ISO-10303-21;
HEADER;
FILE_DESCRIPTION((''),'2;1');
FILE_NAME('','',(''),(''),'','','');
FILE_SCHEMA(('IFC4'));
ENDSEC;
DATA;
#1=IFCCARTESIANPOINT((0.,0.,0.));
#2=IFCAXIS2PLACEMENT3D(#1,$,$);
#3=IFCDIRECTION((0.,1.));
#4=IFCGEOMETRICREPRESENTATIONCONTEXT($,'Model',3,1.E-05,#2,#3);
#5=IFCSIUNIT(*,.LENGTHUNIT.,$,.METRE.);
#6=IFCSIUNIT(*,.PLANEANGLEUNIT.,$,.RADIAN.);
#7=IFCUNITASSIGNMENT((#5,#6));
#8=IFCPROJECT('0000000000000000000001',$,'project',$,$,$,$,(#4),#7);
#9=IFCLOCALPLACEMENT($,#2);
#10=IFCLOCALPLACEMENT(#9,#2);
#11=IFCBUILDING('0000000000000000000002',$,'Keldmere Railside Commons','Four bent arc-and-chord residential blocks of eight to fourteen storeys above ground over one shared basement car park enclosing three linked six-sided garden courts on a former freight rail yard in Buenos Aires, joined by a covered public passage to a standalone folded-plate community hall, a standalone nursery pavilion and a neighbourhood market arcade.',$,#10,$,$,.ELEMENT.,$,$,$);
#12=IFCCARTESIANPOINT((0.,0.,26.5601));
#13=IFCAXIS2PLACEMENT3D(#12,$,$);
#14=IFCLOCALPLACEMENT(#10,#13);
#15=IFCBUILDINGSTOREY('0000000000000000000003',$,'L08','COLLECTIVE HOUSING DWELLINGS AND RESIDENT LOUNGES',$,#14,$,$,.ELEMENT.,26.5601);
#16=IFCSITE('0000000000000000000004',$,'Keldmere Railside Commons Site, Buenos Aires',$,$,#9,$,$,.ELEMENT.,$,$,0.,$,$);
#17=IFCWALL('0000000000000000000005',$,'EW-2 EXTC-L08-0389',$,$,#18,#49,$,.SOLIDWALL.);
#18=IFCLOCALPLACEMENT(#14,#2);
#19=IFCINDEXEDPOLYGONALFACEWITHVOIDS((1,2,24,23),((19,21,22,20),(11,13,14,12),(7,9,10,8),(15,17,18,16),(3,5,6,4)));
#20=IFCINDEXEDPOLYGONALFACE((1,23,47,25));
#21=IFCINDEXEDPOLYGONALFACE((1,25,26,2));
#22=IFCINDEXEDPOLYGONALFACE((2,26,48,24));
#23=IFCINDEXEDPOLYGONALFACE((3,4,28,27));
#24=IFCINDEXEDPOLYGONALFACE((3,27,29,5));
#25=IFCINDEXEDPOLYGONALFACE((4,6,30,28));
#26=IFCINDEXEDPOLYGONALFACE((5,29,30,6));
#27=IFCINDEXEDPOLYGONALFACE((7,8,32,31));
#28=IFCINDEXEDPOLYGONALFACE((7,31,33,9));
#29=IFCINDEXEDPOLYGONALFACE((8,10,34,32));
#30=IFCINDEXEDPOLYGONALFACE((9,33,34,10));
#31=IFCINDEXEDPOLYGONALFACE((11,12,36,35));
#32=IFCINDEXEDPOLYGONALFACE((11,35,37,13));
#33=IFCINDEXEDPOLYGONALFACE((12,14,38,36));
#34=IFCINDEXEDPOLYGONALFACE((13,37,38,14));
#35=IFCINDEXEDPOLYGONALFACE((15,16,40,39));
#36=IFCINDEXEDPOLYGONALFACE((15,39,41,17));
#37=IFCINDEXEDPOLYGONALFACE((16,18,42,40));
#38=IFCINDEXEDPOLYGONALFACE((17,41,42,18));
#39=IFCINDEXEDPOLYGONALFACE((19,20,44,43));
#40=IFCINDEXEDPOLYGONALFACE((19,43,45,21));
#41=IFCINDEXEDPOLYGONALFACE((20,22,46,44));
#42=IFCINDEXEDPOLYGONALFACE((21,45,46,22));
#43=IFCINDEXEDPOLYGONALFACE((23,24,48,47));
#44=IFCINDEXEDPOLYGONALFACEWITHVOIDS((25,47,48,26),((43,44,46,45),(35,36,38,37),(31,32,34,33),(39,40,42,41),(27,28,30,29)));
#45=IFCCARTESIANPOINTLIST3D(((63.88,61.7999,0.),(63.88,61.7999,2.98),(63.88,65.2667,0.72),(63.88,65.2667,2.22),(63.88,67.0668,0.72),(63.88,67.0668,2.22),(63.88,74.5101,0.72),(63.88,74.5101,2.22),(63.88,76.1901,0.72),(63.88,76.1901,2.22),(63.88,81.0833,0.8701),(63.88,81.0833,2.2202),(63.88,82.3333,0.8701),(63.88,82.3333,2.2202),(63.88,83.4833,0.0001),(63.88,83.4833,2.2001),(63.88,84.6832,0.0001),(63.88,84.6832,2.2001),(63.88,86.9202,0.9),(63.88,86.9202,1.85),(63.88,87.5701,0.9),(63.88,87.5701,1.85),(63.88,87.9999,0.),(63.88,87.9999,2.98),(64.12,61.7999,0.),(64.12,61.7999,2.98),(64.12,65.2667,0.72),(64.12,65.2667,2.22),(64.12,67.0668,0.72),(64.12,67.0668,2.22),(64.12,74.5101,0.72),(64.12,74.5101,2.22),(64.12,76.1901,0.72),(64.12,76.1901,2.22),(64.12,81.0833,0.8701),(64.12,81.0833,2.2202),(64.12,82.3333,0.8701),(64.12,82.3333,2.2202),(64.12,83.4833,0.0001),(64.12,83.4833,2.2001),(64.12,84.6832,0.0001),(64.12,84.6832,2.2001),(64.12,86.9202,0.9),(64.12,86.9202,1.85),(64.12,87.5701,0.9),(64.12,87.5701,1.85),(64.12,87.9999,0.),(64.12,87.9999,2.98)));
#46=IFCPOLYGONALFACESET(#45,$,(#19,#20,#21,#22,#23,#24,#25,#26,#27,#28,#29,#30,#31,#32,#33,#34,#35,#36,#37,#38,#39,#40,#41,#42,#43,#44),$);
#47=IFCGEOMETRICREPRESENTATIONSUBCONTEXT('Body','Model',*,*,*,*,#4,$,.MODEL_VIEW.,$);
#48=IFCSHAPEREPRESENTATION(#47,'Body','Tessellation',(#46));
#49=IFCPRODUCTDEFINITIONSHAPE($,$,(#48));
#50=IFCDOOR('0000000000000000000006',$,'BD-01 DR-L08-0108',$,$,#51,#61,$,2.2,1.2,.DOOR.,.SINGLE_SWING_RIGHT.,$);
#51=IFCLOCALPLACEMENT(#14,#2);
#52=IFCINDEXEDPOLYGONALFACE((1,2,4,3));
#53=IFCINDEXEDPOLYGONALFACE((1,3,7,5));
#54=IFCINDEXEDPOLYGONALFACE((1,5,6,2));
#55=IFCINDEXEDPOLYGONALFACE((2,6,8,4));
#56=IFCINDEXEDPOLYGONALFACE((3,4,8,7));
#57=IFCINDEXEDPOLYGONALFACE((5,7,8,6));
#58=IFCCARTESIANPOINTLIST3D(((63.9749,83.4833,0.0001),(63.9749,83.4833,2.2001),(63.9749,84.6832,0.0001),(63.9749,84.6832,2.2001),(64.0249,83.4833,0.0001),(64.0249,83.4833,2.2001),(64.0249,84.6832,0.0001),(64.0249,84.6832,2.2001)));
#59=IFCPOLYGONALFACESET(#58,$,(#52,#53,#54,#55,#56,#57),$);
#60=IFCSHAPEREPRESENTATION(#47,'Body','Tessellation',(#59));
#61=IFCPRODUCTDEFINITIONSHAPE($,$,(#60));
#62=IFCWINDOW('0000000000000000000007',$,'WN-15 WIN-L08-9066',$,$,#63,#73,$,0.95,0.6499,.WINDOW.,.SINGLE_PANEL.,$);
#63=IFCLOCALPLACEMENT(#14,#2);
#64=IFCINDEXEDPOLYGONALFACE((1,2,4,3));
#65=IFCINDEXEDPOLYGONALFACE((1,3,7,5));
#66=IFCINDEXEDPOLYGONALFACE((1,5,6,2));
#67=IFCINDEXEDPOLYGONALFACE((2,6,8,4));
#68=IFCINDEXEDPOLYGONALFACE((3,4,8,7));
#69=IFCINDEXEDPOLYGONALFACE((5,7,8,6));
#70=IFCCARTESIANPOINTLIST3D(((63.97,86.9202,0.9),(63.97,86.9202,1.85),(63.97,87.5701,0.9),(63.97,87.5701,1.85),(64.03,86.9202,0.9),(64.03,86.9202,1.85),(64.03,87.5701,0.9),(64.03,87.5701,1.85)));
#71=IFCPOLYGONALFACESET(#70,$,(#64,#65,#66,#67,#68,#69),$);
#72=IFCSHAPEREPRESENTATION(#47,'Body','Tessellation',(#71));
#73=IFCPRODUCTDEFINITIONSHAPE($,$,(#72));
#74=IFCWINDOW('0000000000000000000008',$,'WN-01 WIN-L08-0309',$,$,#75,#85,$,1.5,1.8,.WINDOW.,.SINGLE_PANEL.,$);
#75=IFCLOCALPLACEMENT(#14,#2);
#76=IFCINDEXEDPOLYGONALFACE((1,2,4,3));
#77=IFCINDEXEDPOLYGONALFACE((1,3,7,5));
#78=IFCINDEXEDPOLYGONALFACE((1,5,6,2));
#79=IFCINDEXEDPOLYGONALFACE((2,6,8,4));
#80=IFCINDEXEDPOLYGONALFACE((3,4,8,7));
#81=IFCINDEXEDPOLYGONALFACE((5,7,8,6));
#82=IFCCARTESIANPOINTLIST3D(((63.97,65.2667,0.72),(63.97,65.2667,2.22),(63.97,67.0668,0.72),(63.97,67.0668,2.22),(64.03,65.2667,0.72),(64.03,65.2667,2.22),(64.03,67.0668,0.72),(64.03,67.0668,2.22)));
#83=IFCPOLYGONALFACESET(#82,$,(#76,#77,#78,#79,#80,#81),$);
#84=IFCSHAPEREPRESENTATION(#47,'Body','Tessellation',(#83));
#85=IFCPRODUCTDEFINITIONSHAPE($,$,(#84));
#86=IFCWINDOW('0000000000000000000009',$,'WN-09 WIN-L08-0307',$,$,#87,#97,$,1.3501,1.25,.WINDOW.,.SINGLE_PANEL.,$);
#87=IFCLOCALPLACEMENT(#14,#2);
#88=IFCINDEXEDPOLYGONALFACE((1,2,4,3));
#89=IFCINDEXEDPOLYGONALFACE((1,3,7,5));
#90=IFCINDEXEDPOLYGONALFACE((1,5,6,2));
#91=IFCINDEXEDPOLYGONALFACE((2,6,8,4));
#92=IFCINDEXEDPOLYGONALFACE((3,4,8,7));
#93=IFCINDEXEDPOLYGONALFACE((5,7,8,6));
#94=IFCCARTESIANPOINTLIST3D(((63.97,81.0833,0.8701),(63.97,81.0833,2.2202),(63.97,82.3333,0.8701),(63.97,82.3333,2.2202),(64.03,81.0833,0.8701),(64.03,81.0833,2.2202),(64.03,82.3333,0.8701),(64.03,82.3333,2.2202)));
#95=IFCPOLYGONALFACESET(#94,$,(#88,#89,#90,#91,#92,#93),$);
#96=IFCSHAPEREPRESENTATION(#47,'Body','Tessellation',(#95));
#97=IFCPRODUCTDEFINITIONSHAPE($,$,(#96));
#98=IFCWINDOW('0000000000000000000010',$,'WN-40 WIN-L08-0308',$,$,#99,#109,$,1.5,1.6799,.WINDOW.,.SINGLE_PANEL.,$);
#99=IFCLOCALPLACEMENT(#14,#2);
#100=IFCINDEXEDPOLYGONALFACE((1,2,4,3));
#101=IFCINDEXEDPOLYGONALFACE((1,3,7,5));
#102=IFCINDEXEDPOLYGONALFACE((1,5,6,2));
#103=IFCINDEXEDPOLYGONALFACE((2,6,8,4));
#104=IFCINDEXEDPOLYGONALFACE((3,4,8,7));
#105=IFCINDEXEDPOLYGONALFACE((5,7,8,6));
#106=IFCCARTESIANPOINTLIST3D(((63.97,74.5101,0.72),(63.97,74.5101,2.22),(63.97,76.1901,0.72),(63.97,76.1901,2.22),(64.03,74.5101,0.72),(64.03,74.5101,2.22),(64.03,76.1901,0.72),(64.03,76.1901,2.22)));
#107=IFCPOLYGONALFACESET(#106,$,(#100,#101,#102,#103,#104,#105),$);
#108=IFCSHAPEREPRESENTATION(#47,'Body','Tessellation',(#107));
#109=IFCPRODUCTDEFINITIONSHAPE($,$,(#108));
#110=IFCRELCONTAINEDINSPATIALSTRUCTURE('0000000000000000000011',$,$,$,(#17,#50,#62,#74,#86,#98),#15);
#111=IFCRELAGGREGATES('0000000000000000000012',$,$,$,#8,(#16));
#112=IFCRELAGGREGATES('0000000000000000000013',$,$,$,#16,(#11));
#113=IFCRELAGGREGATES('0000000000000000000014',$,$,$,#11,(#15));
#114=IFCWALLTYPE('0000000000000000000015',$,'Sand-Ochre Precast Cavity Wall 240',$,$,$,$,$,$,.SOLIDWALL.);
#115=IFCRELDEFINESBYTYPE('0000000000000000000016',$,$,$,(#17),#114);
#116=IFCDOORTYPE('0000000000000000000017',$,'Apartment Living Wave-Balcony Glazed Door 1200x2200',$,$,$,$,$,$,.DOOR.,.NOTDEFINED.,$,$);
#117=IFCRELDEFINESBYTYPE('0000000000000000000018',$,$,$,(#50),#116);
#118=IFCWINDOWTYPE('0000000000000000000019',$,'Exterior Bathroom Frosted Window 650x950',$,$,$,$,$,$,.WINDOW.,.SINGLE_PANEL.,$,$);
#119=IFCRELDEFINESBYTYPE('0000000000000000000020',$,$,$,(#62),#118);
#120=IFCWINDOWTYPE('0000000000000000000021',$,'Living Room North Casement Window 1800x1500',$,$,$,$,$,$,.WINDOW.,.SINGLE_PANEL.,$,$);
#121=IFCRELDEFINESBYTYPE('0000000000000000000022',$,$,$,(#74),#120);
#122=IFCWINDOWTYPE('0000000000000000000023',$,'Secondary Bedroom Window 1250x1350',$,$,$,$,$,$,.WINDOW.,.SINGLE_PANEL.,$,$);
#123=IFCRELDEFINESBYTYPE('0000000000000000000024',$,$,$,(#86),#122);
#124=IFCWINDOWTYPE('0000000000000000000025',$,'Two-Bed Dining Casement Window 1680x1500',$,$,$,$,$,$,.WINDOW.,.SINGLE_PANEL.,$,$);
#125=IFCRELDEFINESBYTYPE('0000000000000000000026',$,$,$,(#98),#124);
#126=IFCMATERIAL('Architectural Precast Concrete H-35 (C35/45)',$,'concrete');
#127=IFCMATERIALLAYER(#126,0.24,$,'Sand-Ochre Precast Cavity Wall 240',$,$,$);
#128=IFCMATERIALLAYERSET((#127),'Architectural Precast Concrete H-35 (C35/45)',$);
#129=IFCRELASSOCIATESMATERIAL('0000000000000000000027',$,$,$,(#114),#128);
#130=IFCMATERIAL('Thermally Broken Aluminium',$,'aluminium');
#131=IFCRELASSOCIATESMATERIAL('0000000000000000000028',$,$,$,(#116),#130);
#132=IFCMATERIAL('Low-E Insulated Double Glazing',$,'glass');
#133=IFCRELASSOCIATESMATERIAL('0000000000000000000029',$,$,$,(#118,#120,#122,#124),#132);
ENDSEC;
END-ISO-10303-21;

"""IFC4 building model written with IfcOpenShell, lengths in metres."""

from ifc_helpers import new_model, si_unit, direction, frame, frame_2d, origin, place, context, subcontext, project, spatial, rectangle, extrude, material, layer, layer_set, type_object, element, fill, save


model = new_model("IFC4")

# Units and contexts
model_context = context("Model", 3, precision=1e-05, world=origin(), true_north=direction((0.0, 1.0)))
body_context = subcontext(model_context, "Body", "Model", "MODEL_VIEW")
ifc_project = project(units=[si_unit("LENGTHUNIT", "METRE"), si_unit("PLANEANGLEUNIT", "RADIAN")], contexts=[model_context])

# Site, building, storey
site_placement = place(None, origin())
site = spatial("IfcSite", under=ifc_project, at=site_placement, Name="Keldmere Railside Commons Site, Buenos Aires", CompositionType="ELEMENT", RefElevation=0.0)
building_placement = place(site_placement, origin())
building = spatial("IfcBuilding", under=site, at=building_placement, Name="Keldmere Railside Commons", Description="Four bent arc-and-chord residential blocks of eight to fourteen storeys above ground over one shared basement car park enclosing three linked six-sided garden courts on a former freight rail yard in Buenos Aires, joined by a covered public passage to a standalone folded-plate community hall, a standalone nursery pavilion and a neighbourhood market arcade.", CompositionType="ELEMENT")
storey_placement = place(building_placement, frame((0.0, 0.0, 26.5601)))
storey = spatial("IfcBuildingStorey", under=building, at=storey_placement, Name="L08", Description="COLLECTIVE HOUSING DWELLINGS AND RESIDENT LOUNGES", CompositionType="ELEMENT", Elevation=26.5601)

# Shared definitions
ifc_material_1 = material(Name="Thermally Broken Aluminium", Category="aluminium")
ifc_material_2 = material(Name="Low-E Insulated Double Glazing", Category="glass")

# Wall, openings, door, windows
ifc_material_3 = material(Name="Architectural Precast Concrete H-35 (C35/45)", Category="concrete")
ifc_layer_1 = layer(ifc_material_3, 0.24, Name="Sand-Ochre Precast Cavity Wall 240")
ifc_layer_set_1 = layer_set([ifc_layer_1], Name="Architectural Precast Concrete H-35 (C35/45)")
wall_type = type_object("IfcWallType", Name="Sand-Ochre Precast Cavity Wall 240", PredefinedType="SOLIDWALL", material=ifc_layer_set_1)
wall_placement = place(storey_placement, frame((64.0, 88.0, 0.0), z_axis=(0.0, 0.0, 1.0), x_axis=(0.0, -1.0, 0.0)))
wall = element("IfcWall", 1, at=wall_placement, inside=storey, type_object=wall_type, Name="EW-2 EXTC-L08-0389", PredefinedType="SOLIDWALL", context=body_context, shape_type="SweptSolid", body=[
    extrude(rectangle(XDim=26.2, YDim=0.24, at=frame_2d((13.1001, 0.0))), origin(), (0.0, 0.0, 1.0), 2.98),
])
opening_1_placement = place(wall_placement, frame((3.3167, 0.0, 0.0)))
opening_1 = element("IfcOpeningElement", 2, at=opening_1_placement, cuts=wall, PredefinedType="OPENING", context=body_context, shape_type="SweptSolid", body=[
    extrude(rectangle(XDim=1.2, YDim=2.2, at=frame_2d((0.6001, 1.1001))), frame((0.0, 0.1299, 0.0), z_axis=(0.0, -1.0, 0.0), x_axis=(1.0, 0.0, 0.0)), (0.0, 0.0, 1.0), 0.26),
])
opening_2_placement = place(wall_placement, frame((5.6667, 0.0, 0.8701)))
opening_2 = element("IfcOpeningElement", 3, at=opening_2_placement, cuts=wall, PredefinedType="OPENING", context=body_context, shape_type="SweptSolid", body=[
    extrude(rectangle(XDim=1.25, YDim=1.3501, at=frame_2d((0.625, 0.675))), frame((0.0, 0.1299, 0.0), z_axis=(0.0, -1.0, 0.0), x_axis=(1.0, 0.0, 0.0)), (0.0, 0.0, 1.0), 0.26),
])
opening_3_placement = place(wall_placement, frame((11.8101, 0.0, 0.72)))
opening_3 = element("IfcOpeningElement", 4, at=opening_3_placement, cuts=wall, PredefinedType="OPENING", context=body_context, shape_type="SweptSolid", body=[
    extrude(rectangle(XDim=1.6799, YDim=1.5, at=frame_2d((0.8398, 0.75))), frame((0.0, 0.1299, 0.0), z_axis=(0.0, -1.0, 0.0), x_axis=(1.0, 0.0, 0.0)), (0.0, 0.0, 1.0), 0.26),
])
opening_4_placement = place(wall_placement, frame((20.9333, 0.0, 0.72)))
opening_4 = element("IfcOpeningElement", 5, at=opening_4_placement, cuts=wall, PredefinedType="OPENING", context=body_context, shape_type="SweptSolid", body=[
    extrude(rectangle(XDim=1.8, YDim=1.5, at=frame_2d((0.8999, 0.75))), frame((0.0, 0.1299, 0.0), z_axis=(0.0, -1.0, 0.0), x_axis=(1.0, 0.0, 0.0)), (0.0, 0.0, 1.0), 0.26),
])
opening_5_placement = place(wall_placement, frame((0.4299, 0.0, 0.8999)))
opening_5 = element("IfcOpeningElement", 6, at=opening_5_placement, cuts=wall, PredefinedType="OPENING", context=body_context, shape_type="SweptSolid", body=[
    extrude(rectangle(XDim=0.6499, YDim=0.95, at=frame_2d((0.325, 0.4751))), frame((0.0, 0.1299, 0.0), z_axis=(0.0, -1.0, 0.0), x_axis=(1.0, 0.0, 0.0)), (0.0, 0.0, 1.0), 0.26),
])
door_type = type_object("IfcDoorType", Name="Apartment Living Wave-Balcony Glazed Door 1200x2200", OperationType="NOTDEFINED", PredefinedType="DOOR", material=ifc_material_1)
door_placement = place(opening_1_placement, origin())
door = element("IfcDoor", 7, at=door_placement, inside=storey, type_object=door_type, Name="BD-01 DR-L08-0108", OperationType="SINGLE_SWING_RIGHT", OverallHeight=2.2, OverallWidth=1.2, PredefinedType="DOOR", context=body_context, shape_type="SweptSolid", body=[
    extrude(rectangle(XDim=1.2, YDim=2.2, at=frame_2d((0.6001, 1.1001))), frame((0.0, 0.0249, 0.0), z_axis=(0.0, -1.0, 0.0), x_axis=(1.0, 0.0, 0.0)), (0.0, 0.0, 1.0), 0.05),
])
fill(opening_1, door)
window_type_1 = type_object("IfcWindowType", Name="Exterior Bathroom Frosted Window 650x950", PartitioningType="SINGLE_PANEL", PredefinedType="WINDOW", material=ifc_material_2)
window_1_placement = place(opening_5_placement, origin())
window_1 = element("IfcWindow", 8, at=window_1_placement, inside=storey, type_object=window_type_1, Name="WN-15 WIN-L08-9066", OverallHeight=0.95, OverallWidth=0.6499, PartitioningType="SINGLE_PANEL", PredefinedType="WINDOW", context=body_context, shape_type="SweptSolid", body=[
    extrude(rectangle(XDim=0.6499, YDim=0.95, at=frame_2d((0.325, 0.4751))), frame((0.0, 0.03, 0.0), z_axis=(0.0, -1.0, 0.0), x_axis=(1.0, 0.0, 0.0)), (0.0, 0.0, 1.0), 0.0601),
])
fill(opening_5, window_1)
window_type_2 = type_object("IfcWindowType", Name="Living Room North Casement Window 1800x1500", PartitioningType="SINGLE_PANEL", PredefinedType="WINDOW", material=ifc_material_2)
window_2_placement = place(opening_4_placement, origin())
window_2 = element("IfcWindow", 9, at=window_2_placement, inside=storey, type_object=window_type_2, Name="WN-01 WIN-L08-0309", OverallHeight=1.5, OverallWidth=1.8, PartitioningType="SINGLE_PANEL", PredefinedType="WINDOW", context=body_context, shape_type="SweptSolid", body=[
    extrude(rectangle(XDim=1.8, YDim=1.5, at=frame_2d((0.8999, 0.75))), frame((0.0, 0.03, 0.0), z_axis=(0.0, -1.0, 0.0), x_axis=(1.0, 0.0, 0.0)), (0.0, 0.0, 1.0), 0.0601),
])
fill(opening_4, window_2)
window_type_3 = type_object("IfcWindowType", Name="Secondary Bedroom Window 1250x1350", PartitioningType="SINGLE_PANEL", PredefinedType="WINDOW", material=ifc_material_2)
window_3_placement = place(opening_2_placement, origin())
window_3 = element("IfcWindow", 10, at=window_3_placement, inside=storey, type_object=window_type_3, Name="WN-09 WIN-L08-0307", OverallHeight=1.3501, OverallWidth=1.25, PartitioningType="SINGLE_PANEL", PredefinedType="WINDOW", context=body_context, shape_type="SweptSolid", body=[
    extrude(rectangle(XDim=1.25, YDim=1.3501, at=frame_2d((0.625, 0.675))), frame((0.0, 0.03, 0.0), z_axis=(0.0, -1.0, 0.0), x_axis=(1.0, 0.0, 0.0)), (0.0, 0.0, 1.0), 0.0601),
])
fill(opening_2, window_3)
window_type_4 = type_object("IfcWindowType", Name="Two-Bed Dining Casement Window 1680x1500", PartitioningType="SINGLE_PANEL", PredefinedType="WINDOW", material=ifc_material_2)
window_4_placement = place(opening_3_placement, origin())
window_4 = element("IfcWindow", 11, at=window_4_placement, inside=storey, type_object=window_type_4, Name="WN-40 WIN-L08-0308", OverallHeight=1.5, OverallWidth=1.6799, PartitioningType="SINGLE_PANEL", PredefinedType="WINDOW", context=body_context, shape_type="SweptSolid", body=[
    extrude(rectangle(XDim=1.6799, YDim=1.5, at=frame_2d((0.8398, 0.75))), frame((0.0, 0.03, 0.0), z_axis=(0.0, -1.0, 0.0), x_axis=(1.0, 0.0, 0.0)), (0.0, 0.0, 1.0), 0.0601),
])
fill(opening_3, window_4)

save(model, "model.ifc")
